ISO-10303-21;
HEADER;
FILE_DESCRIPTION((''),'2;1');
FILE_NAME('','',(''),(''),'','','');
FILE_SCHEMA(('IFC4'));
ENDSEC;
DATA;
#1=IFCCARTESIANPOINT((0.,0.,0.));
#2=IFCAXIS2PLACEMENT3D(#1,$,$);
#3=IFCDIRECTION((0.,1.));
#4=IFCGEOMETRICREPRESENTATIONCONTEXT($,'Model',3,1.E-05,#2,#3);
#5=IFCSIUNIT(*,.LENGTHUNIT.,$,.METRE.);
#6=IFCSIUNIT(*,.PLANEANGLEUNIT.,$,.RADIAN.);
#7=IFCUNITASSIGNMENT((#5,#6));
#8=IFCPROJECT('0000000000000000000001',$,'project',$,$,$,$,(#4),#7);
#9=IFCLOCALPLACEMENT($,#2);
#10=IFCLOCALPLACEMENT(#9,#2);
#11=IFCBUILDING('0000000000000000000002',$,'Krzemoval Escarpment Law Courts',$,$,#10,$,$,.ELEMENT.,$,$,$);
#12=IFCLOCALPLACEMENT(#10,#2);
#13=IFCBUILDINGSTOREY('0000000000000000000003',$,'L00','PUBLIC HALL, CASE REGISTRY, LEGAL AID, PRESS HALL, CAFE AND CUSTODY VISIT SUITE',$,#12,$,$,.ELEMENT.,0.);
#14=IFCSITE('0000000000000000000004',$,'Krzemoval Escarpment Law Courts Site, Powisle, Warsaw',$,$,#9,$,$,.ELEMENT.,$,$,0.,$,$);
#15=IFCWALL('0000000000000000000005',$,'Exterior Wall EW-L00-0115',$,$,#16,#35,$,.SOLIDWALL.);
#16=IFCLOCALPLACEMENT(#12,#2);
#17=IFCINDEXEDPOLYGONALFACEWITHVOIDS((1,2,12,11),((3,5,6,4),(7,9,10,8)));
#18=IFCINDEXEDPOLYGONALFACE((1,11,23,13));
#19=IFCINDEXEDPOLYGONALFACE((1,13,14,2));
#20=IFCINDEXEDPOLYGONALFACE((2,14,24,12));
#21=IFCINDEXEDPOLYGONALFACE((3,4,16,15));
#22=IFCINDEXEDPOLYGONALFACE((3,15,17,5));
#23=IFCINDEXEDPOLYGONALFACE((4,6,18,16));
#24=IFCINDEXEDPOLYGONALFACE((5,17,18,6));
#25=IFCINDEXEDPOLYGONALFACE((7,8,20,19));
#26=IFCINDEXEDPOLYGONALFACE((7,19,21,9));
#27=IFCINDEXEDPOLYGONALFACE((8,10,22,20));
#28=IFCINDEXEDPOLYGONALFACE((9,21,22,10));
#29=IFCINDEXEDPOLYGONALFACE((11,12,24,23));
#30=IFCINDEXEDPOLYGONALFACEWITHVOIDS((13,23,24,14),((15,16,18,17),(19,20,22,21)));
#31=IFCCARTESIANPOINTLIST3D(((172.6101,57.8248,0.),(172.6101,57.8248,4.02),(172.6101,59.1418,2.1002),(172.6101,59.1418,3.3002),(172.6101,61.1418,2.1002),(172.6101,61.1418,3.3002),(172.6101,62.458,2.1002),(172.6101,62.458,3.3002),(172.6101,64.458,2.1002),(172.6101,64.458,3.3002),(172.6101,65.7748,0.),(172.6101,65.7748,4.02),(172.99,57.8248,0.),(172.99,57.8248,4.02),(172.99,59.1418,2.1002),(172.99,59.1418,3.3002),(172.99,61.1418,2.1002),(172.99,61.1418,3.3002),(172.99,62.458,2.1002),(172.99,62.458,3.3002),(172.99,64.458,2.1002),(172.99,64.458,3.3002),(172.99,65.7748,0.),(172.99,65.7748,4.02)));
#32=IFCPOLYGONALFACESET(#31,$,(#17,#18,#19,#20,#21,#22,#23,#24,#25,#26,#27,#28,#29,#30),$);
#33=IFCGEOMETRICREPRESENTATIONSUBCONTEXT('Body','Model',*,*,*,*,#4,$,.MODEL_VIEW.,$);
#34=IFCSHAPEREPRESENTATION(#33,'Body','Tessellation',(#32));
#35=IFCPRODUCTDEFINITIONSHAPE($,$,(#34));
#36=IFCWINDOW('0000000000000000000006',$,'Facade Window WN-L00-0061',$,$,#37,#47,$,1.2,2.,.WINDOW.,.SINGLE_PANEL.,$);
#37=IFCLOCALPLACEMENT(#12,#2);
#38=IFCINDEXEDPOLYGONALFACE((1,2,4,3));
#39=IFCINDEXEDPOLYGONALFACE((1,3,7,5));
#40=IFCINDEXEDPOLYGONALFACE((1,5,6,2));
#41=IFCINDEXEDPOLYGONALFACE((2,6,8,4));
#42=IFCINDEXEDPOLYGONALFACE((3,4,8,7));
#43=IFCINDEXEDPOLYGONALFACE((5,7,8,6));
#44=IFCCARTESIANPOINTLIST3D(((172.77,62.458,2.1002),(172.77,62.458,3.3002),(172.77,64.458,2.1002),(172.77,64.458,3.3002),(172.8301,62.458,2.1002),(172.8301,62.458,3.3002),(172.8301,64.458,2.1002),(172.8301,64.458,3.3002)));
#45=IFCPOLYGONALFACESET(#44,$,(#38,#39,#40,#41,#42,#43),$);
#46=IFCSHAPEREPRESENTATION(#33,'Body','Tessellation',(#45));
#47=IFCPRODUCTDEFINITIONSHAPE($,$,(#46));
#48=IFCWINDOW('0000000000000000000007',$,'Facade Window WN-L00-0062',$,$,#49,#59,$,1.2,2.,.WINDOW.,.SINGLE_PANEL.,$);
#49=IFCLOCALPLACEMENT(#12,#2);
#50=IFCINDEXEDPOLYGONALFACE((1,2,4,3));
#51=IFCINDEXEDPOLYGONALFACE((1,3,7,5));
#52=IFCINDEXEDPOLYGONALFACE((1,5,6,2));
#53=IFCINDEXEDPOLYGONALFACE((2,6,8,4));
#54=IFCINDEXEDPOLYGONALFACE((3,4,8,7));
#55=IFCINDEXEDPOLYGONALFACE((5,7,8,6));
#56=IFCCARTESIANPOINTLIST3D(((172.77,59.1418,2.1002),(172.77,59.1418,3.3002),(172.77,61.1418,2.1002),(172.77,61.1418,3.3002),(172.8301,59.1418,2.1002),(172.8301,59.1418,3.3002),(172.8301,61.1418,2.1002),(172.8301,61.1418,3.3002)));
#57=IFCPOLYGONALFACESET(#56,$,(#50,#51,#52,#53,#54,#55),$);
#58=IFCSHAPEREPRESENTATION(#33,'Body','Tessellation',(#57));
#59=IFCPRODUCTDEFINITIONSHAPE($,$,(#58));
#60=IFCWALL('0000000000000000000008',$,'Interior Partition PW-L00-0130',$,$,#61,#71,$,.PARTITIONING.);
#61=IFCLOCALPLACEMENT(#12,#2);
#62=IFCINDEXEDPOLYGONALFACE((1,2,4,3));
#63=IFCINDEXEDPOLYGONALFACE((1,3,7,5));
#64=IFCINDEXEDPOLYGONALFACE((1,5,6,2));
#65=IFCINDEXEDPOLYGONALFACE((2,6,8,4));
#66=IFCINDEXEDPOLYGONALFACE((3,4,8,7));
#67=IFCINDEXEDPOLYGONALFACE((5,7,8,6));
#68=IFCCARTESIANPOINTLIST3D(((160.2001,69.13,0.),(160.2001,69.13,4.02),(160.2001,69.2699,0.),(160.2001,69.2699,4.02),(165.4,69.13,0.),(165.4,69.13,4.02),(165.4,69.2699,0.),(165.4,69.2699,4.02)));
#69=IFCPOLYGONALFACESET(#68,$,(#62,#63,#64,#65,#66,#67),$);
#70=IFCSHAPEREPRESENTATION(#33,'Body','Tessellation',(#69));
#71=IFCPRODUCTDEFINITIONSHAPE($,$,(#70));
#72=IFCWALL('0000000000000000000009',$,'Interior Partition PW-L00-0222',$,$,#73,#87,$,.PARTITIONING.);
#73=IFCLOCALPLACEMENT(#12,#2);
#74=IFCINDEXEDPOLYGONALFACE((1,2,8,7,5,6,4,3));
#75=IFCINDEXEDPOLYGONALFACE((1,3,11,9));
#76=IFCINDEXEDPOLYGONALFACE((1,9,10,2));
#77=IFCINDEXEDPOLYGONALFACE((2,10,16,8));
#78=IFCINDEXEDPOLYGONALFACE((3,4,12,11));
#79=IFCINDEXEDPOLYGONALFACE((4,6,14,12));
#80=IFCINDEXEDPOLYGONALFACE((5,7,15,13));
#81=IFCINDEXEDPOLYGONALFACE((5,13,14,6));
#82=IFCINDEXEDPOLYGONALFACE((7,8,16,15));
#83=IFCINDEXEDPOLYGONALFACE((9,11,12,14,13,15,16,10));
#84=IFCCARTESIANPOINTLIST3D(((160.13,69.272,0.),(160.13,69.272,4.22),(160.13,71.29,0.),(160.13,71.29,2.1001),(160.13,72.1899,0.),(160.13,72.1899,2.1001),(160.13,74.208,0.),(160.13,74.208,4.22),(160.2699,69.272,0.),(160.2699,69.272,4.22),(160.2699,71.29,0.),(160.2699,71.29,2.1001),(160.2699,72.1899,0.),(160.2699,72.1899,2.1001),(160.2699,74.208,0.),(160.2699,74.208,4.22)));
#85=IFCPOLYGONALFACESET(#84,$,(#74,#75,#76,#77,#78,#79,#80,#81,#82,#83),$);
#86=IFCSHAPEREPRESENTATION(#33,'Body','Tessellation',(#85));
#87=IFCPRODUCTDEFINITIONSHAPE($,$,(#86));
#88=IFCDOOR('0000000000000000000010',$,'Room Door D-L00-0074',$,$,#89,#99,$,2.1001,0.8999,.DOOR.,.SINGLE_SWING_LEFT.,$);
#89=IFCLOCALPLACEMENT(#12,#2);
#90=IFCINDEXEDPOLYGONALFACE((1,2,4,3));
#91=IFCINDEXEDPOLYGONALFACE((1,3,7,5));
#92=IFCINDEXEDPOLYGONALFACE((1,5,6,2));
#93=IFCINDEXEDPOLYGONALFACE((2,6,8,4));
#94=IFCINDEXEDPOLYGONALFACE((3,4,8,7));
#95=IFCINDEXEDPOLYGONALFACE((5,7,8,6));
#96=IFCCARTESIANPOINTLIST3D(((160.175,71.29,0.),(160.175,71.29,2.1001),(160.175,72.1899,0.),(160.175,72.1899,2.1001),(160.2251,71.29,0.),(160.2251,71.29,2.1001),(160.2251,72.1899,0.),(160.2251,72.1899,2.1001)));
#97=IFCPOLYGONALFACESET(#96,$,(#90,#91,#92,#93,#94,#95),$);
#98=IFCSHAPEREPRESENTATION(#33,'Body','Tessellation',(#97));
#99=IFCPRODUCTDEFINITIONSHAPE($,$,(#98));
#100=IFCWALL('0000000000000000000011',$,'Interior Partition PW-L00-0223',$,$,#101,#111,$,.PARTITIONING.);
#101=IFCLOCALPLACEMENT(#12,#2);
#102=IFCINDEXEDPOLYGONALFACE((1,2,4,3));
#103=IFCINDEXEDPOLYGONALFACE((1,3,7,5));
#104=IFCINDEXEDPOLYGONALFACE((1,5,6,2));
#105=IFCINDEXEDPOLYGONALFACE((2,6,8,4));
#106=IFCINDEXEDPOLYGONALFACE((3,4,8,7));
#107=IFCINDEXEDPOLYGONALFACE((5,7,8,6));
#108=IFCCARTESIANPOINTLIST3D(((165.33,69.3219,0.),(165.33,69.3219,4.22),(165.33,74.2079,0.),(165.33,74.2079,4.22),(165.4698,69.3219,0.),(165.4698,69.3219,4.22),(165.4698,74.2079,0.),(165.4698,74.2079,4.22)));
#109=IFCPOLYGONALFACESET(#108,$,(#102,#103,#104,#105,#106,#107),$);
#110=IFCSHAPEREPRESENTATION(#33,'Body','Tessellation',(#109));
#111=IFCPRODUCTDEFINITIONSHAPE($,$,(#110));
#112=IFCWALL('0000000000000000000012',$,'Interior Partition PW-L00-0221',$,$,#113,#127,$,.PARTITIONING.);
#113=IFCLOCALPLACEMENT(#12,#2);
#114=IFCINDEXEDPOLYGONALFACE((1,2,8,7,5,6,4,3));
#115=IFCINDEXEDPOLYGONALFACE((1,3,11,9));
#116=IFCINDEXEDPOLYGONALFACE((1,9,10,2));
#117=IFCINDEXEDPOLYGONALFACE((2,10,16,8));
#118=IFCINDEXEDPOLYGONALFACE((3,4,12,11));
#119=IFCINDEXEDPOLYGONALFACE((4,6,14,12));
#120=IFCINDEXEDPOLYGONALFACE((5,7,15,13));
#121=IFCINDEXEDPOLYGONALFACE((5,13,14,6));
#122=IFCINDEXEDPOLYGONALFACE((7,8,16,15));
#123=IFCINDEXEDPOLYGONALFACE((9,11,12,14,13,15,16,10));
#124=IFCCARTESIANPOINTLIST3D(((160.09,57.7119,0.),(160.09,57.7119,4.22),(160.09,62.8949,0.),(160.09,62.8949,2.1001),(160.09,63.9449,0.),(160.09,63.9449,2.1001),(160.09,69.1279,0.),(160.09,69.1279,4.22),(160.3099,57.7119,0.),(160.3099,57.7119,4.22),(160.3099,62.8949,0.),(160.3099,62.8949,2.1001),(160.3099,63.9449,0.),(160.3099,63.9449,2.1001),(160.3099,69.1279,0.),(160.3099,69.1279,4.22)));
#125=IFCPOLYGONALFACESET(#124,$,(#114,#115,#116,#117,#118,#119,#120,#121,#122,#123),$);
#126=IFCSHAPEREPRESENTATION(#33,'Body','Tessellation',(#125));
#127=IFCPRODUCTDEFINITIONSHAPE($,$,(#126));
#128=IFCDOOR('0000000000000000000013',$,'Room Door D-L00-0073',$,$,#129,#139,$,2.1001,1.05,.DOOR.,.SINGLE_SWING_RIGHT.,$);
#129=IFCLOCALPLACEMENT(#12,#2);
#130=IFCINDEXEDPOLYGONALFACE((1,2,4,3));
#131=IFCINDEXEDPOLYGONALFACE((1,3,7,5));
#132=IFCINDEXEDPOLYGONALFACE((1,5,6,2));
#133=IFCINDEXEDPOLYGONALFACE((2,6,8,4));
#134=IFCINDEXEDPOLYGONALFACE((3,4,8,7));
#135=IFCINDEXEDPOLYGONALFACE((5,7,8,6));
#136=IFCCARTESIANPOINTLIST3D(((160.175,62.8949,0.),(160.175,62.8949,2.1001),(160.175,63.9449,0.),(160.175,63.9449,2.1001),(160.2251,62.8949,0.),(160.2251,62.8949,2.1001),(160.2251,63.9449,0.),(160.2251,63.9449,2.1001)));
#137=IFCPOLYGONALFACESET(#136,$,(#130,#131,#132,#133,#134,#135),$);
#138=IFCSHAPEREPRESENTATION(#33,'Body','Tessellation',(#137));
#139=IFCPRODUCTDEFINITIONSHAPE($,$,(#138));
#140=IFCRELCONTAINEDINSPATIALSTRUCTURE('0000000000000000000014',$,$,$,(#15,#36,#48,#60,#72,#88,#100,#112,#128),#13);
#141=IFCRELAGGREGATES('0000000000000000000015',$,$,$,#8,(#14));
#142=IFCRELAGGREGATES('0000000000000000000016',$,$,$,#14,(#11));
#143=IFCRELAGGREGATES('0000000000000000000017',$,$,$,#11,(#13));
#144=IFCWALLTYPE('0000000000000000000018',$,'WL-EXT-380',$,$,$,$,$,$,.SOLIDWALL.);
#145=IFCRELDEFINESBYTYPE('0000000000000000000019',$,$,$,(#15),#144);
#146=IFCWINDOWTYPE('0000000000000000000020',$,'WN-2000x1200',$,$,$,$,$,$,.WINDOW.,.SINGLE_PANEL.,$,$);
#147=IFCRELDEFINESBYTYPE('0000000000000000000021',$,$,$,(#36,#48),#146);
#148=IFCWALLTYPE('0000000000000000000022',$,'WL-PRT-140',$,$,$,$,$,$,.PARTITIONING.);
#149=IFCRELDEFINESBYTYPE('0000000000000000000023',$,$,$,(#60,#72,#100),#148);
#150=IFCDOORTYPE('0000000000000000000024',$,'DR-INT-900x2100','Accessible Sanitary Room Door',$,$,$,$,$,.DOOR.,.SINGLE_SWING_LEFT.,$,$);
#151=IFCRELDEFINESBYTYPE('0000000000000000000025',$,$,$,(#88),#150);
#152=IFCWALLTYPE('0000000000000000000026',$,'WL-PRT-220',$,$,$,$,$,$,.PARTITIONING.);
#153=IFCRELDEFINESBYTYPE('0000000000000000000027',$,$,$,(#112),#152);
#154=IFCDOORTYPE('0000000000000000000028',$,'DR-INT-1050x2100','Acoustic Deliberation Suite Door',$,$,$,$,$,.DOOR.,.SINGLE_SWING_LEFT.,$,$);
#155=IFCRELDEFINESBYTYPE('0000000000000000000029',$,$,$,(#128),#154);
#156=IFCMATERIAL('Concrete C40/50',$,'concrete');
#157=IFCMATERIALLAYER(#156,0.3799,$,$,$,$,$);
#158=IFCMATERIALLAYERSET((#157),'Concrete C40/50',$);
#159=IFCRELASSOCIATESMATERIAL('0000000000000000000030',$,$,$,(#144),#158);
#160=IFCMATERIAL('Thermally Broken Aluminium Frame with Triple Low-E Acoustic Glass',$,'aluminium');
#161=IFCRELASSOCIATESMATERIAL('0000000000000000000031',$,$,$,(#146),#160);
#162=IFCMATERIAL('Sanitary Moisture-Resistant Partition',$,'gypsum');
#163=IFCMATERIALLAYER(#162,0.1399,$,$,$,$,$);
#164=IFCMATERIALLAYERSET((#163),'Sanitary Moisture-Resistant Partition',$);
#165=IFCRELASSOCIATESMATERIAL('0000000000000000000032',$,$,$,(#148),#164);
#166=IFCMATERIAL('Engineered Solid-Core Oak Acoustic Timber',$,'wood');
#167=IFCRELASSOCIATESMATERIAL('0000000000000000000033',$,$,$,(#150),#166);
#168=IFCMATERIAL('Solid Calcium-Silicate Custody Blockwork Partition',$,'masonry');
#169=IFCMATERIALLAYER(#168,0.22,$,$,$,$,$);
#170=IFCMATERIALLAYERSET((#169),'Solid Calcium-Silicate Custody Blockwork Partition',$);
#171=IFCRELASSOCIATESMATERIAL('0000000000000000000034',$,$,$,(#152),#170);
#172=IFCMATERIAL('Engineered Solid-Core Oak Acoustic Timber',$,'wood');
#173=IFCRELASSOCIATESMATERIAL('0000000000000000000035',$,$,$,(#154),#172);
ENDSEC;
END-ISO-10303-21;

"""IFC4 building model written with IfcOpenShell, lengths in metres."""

from ifc_helpers import new_model, si_unit, direction, frame, frame_2d, origin, place, context, subcontext, project, spatial, rectangle, extrude, material, layer, layer_set, type_object, element, fill, save


model = new_model("IFC4")

# Units and contexts
model_context = context("Model", 3, precision=1e-05, world=origin(), true_north=direction((0.0, 1.0)))
body_context = subcontext(model_context, "Body", "Model", "MODEL_VIEW")
ifc_project = project(units=[si_unit("LENGTHUNIT", "METRE"), si_unit("PLANEANGLEUNIT", "RADIAN")], contexts=[model_context])

# Site, building, storey
site_placement = place(None, origin())
site = spatial("IfcSite", under=ifc_project, at=site_placement, Name="Krzemoval Escarpment Law Courts Site, Powisle, Warsaw", CompositionType="ELEMENT", RefElevation=0.0)
building_placement = place(site_placement, origin())
building = spatial("IfcBuilding", under=site, at=building_placement, Name="Krzemoval Escarpment Law Courts", CompositionType="ELEMENT")
storey_placement = place(building_placement, origin())
storey = spatial("IfcBuildingStorey", under=building, at=storey_placement, Name="L00", Description="PUBLIC HALL, CASE REGISTRY, LEGAL AID, PRESS HALL, CAFE AND CUSTODY VISIT SUITE", CompositionType="ELEMENT", Elevation=0.0)

# Shared definitions
ifc_material_1 = material(Name="Concrete C40/50", Category="concrete")
ifc_layer_1 = layer(ifc_material_1, 0.3799)
ifc_layer_set_1 = layer_set([ifc_layer_1], Name="Concrete C40/50")
wall_type_1 = type_object("IfcWallType", Name="WL-EXT-380", PredefinedType="SOLIDWALL", material=ifc_layer_set_1)
ifc_material_2 = material(Name="Thermally Broken Aluminium Frame with Triple Low-E Acoustic Glass", Category="aluminium")
window_type = type_object("IfcWindowType", Name="WN-2000x1200", PartitioningType="SINGLE_PANEL", PredefinedType="WINDOW", material=ifc_material_2)

# Wall, openings, windows
wall_1_placement = place(storey_placement, frame((172.8, 65.7749, 0.0), z_axis=(0.0, 0.0, 1.0), x_axis=(0.0, -1.0, 0.0)))
wall_1 = element("IfcWall", 1, at=wall_1_placement, inside=storey, type_object=wall_type_1, Name="Exterior Wall EW-L00-0115", PredefinedType="SOLIDWALL", context=body_context, shape_type="SweptSolid", body=[
    extrude(rectangle(XDim=7.95, YDim=0.3799, at=frame_2d((3.9751, 0.0))), origin(), (0.0, 0.0, 1.0), 4.02),
])
opening_1_placement = place(wall_1_placement, frame((1.3169, 0.0, 2.1001)))
opening_1 = element("IfcOpeningElement", 2, at=opening_1_placement, cuts=wall_1, PredefinedType="OPENING", context=body_context, shape_type="SweptSolid", body=[
    extrude(rectangle(XDim=2.0, YDim=1.2, at=frame_2d((1.0, 0.6001))), frame((0.0, 0.2049, 0.0), z_axis=(0.0, -1.0, 0.0), x_axis=(1.0, 0.0, 0.0)), (0.0, 0.0, 1.0), 0.4099),
])
opening_2_placement = place(wall_1_placement, frame((4.6331, 0.0, 2.1001)))
opening_2 = element("IfcOpeningElement", 3, at=opening_2_placement, cuts=wall_1, PredefinedType="OPENING", context=body_context, shape_type="SweptSolid", body=[
    extrude(rectangle(XDim=2.0, YDim=1.2, at=frame_2d((1.0, 0.6001))), frame((0.0, 0.2049, 0.0), z_axis=(0.0, -1.0, 0.0), x_axis=(1.0, 0.0, 0.0)), (0.0, 0.0, 1.0), 0.4099),
])
window_1_placement = place(opening_1_placement, origin())
window_1 = element("IfcWindow", 4, at=window_1_placement, inside=storey, type_object=window_type, Name="Facade Window WN-L00-0061", OverallHeight=1.2, OverallWidth=2.0, PartitioningType="SINGLE_PANEL", PredefinedType="WINDOW", context=body_context, shape_type="SweptSolid", body=[
    extrude(rectangle(XDim=2.0, YDim=1.2, at=frame_2d((1.0, 0.6001))), frame((0.0, 0.03, 0.0), z_axis=(0.0, -1.0, 0.0), x_axis=(1.0, 0.0, 0.0)), (0.0, 0.0, 1.0), 0.0601),
])
fill(opening_1, window_1)
window_2_placement = place(opening_2_placement, origin())
window_2 = element("IfcWindow", 5, at=window_2_placement, inside=storey, type_object=window_type, Name="Facade Window WN-L00-0062", OverallHeight=1.2, OverallWidth=2.0, PartitioningType="SINGLE_PANEL", PredefinedType="WINDOW", context=body_context, shape_type="SweptSolid", body=[
    extrude(rectangle(XDim=2.0, YDim=1.2, at=frame_2d((1.0, 0.6001))), frame((0.0, 0.03, 0.0), z_axis=(0.0, -1.0, 0.0), x_axis=(1.0, 0.0, 0.0)), (0.0, 0.0, 1.0), 0.0601),
])
fill(opening_2, window_2)

# Wall
ifc_material_3 = material(Name="Sanitary Moisture-Resistant Partition", Category="gypsum")
ifc_layer_2 = layer(ifc_material_3, 0.1399)
ifc_layer_set_2 = layer_set([ifc_layer_2], Name="Sanitary Moisture-Resistant Partition")
wall_type_2 = type_object("IfcWallType", Name="WL-PRT-140", PredefinedType="PARTITIONING", material=ifc_layer_set_2)
wall_2_placement = place(storey_placement, frame((160.2, 69.2, 0.0), z_axis=(0.0, 0.0, 1.0), x_axis=(1.0, 0.0, 0.0)))
element("IfcWall", 6, at=wall_2_placement, inside=storey, type_object=wall_type_2, Name="Interior Partition PW-L00-0130", PredefinedType="PARTITIONING", context=body_context, shape_type="SweptSolid", body=[
    extrude(rectangle(XDim=5.2, YDim=0.1399, at=frame_2d((2.6001, 0.0))), origin(), (0.0, 0.0, 1.0), 4.02),
])

# Wall, opening, door
wall_3_placement = place(storey_placement, frame((160.2, 69.272, 0.0), z_axis=(0.0, 0.0, 1.0), x_axis=(0.0, 1.0, 0.0)))
wall_3 = element("IfcWall", 7, at=wall_3_placement, inside=storey, type_object=wall_type_2, Name="Interior Partition PW-L00-0222", PredefinedType="PARTITIONING", context=body_context, shape_type="SweptSolid", body=[
    extrude(rectangle(XDim=4.936, YDim=0.1399, at=frame_2d((2.468, 0.0))), origin(), (0.0, 0.0, 1.0), 4.22),
])
opening_3_placement = place(wall_3_placement, frame((2.0181, 0.0, 0.0)))
opening_3 = element("IfcOpeningElement", 8, at=opening_3_placement, cuts=wall_3, PredefinedType="OPENING", context=body_context, shape_type="SweptSolid", body=[
    extrude(rectangle(XDim=0.8999, YDim=2.1001, at=frame_2d((0.45, 1.05))), frame((0.0, 0.0849, 0.0), z_axis=(0.0, -1.0, 0.0), x_axis=(1.0, 0.0, 0.0)), (0.0, 0.0, 1.0), 0.1699),
])
ifc_material_4 = material(Name="Engineered Solid-Core Oak Acoustic Timber", Category="wood")
door_type_1 = type_object("IfcDoorType", Name="DR-INT-900x2100", Description="Accessible Sanitary Room Door", OperationType="SINGLE_SWING_LEFT", PredefinedType="DOOR", material=ifc_material_4)
door_1_placement = place(opening_3_placement, origin())
door_1 = element("IfcDoor", 9, at=door_1_placement, inside=storey, type_object=door_type_1, Name="Room Door D-L00-0074", OperationType="SINGLE_SWING_LEFT", OverallHeight=2.1001, OverallWidth=0.8999, PredefinedType="DOOR", context=body_context, shape_type="SweptSolid", body=[
    extrude(rectangle(XDim=0.8999, YDim=2.1001, at=frame_2d((0.45, 1.05))), frame((0.0, 0.0249, 0.0), z_axis=(0.0, -1.0, 0.0), x_axis=(1.0, 0.0, 0.0)), (0.0, 0.0, 1.0), 0.05),
])
fill(opening_3, door_1)

# Wall
wall_4_placement = place(storey_placement, frame((165.3999, 69.322, 0.0), z_axis=(0.0, 0.0, 1.0), x_axis=(0.0, 1.0, 0.0)))
element("IfcWall", 10, at=wall_4_placement, inside=storey, type_object=wall_type_2, Name="Interior Partition PW-L00-0223", PredefinedType="PARTITIONING", context=body_context, shape_type="SweptSolid", body=[
    extrude(rectangle(XDim=4.886, YDim=0.1399, at=frame_2d((2.4429, 0.0))), origin(), (0.0, 0.0, 1.0), 4.22),
])

# Wall, opening, door
ifc_material_5 = material(Name="Solid Calcium-Silicate Custody Blockwork Partition", Category="masonry")
ifc_layer_3 = layer(ifc_material_5, 0.22)
ifc_layer_set_3 = layer_set([ifc_layer_3], Name="Solid Calcium-Silicate Custody Blockwork Partition")
wall_type_3 = type_object("IfcWallType", Name="WL-PRT-220", PredefinedType="PARTITIONING", material=ifc_layer_set_3)
wall_5_placement = place(storey_placement, frame((160.2, 57.7119, 0.0), z_axis=(0.0, 0.0, 1.0), x_axis=(0.0, 1.0, 0.0)))
wall_5 = element("IfcWall", 11, at=wall_5_placement, inside=storey, type_object=wall_type_3, Name="Interior Partition PW-L00-0221", PredefinedType="PARTITIONING", context=body_context, shape_type="SweptSolid", body=[
    extrude(rectangle(XDim=11.416, YDim=0.22, at=frame_2d((5.708, 0.0))), origin(), (0.0, 0.0, 1.0), 4.22),
])
opening_4_placement = place(wall_5_placement, frame((5.1831, 0.0, 0.0)))
opening_4 = element("IfcOpeningElement", 12, at=opening_4_placement, cuts=wall_5, PredefinedType="OPENING", context=body_context, shape_type="SweptSolid", body=[
    extrude(rectangle(XDim=1.05, YDim=2.1001, at=frame_2d((0.5249, 1.05))), frame((0.0, 0.125, 0.0), z_axis=(0.0, -1.0, 0.0), x_axis=(1.0, 0.0, 0.0)), (0.0, 0.0, 1.0), 0.25),
])
ifc_material_6 = material(Name="Engineered Solid-Core Oak Acoustic Timber", Category="wood")
door_type_2 = type_object("IfcDoorType", Name="DR-INT-1050x2100", Description="Acoustic Deliberation Suite Door", OperationType="SINGLE_SWING_LEFT", PredefinedType="DOOR", material=ifc_material_6)
door_2_placement = place(opening_4_placement, origin())
door_2 = element("IfcDoor", 13, at=door_2_placement, inside=storey, type_object=door_type_2, Name="Room Door D-L00-0073", OperationType="SINGLE_SWING_RIGHT", OverallHeight=2.1001, OverallWidth=1.05, PredefinedType="DOOR", context=body_context, shape_type="SweptSolid", body=[
    extrude(rectangle(XDim=1.05, YDim=2.1001, at=frame_2d((0.5249, 1.05))), frame((0.0, 0.0249, 0.0), z_axis=(0.0, -1.0, 0.0), x_axis=(1.0, 0.0, 0.0)), (0.0, 0.0, 1.0), 0.05),
])
fill(opening_4, door_2)

save(model, "model.ifc")
